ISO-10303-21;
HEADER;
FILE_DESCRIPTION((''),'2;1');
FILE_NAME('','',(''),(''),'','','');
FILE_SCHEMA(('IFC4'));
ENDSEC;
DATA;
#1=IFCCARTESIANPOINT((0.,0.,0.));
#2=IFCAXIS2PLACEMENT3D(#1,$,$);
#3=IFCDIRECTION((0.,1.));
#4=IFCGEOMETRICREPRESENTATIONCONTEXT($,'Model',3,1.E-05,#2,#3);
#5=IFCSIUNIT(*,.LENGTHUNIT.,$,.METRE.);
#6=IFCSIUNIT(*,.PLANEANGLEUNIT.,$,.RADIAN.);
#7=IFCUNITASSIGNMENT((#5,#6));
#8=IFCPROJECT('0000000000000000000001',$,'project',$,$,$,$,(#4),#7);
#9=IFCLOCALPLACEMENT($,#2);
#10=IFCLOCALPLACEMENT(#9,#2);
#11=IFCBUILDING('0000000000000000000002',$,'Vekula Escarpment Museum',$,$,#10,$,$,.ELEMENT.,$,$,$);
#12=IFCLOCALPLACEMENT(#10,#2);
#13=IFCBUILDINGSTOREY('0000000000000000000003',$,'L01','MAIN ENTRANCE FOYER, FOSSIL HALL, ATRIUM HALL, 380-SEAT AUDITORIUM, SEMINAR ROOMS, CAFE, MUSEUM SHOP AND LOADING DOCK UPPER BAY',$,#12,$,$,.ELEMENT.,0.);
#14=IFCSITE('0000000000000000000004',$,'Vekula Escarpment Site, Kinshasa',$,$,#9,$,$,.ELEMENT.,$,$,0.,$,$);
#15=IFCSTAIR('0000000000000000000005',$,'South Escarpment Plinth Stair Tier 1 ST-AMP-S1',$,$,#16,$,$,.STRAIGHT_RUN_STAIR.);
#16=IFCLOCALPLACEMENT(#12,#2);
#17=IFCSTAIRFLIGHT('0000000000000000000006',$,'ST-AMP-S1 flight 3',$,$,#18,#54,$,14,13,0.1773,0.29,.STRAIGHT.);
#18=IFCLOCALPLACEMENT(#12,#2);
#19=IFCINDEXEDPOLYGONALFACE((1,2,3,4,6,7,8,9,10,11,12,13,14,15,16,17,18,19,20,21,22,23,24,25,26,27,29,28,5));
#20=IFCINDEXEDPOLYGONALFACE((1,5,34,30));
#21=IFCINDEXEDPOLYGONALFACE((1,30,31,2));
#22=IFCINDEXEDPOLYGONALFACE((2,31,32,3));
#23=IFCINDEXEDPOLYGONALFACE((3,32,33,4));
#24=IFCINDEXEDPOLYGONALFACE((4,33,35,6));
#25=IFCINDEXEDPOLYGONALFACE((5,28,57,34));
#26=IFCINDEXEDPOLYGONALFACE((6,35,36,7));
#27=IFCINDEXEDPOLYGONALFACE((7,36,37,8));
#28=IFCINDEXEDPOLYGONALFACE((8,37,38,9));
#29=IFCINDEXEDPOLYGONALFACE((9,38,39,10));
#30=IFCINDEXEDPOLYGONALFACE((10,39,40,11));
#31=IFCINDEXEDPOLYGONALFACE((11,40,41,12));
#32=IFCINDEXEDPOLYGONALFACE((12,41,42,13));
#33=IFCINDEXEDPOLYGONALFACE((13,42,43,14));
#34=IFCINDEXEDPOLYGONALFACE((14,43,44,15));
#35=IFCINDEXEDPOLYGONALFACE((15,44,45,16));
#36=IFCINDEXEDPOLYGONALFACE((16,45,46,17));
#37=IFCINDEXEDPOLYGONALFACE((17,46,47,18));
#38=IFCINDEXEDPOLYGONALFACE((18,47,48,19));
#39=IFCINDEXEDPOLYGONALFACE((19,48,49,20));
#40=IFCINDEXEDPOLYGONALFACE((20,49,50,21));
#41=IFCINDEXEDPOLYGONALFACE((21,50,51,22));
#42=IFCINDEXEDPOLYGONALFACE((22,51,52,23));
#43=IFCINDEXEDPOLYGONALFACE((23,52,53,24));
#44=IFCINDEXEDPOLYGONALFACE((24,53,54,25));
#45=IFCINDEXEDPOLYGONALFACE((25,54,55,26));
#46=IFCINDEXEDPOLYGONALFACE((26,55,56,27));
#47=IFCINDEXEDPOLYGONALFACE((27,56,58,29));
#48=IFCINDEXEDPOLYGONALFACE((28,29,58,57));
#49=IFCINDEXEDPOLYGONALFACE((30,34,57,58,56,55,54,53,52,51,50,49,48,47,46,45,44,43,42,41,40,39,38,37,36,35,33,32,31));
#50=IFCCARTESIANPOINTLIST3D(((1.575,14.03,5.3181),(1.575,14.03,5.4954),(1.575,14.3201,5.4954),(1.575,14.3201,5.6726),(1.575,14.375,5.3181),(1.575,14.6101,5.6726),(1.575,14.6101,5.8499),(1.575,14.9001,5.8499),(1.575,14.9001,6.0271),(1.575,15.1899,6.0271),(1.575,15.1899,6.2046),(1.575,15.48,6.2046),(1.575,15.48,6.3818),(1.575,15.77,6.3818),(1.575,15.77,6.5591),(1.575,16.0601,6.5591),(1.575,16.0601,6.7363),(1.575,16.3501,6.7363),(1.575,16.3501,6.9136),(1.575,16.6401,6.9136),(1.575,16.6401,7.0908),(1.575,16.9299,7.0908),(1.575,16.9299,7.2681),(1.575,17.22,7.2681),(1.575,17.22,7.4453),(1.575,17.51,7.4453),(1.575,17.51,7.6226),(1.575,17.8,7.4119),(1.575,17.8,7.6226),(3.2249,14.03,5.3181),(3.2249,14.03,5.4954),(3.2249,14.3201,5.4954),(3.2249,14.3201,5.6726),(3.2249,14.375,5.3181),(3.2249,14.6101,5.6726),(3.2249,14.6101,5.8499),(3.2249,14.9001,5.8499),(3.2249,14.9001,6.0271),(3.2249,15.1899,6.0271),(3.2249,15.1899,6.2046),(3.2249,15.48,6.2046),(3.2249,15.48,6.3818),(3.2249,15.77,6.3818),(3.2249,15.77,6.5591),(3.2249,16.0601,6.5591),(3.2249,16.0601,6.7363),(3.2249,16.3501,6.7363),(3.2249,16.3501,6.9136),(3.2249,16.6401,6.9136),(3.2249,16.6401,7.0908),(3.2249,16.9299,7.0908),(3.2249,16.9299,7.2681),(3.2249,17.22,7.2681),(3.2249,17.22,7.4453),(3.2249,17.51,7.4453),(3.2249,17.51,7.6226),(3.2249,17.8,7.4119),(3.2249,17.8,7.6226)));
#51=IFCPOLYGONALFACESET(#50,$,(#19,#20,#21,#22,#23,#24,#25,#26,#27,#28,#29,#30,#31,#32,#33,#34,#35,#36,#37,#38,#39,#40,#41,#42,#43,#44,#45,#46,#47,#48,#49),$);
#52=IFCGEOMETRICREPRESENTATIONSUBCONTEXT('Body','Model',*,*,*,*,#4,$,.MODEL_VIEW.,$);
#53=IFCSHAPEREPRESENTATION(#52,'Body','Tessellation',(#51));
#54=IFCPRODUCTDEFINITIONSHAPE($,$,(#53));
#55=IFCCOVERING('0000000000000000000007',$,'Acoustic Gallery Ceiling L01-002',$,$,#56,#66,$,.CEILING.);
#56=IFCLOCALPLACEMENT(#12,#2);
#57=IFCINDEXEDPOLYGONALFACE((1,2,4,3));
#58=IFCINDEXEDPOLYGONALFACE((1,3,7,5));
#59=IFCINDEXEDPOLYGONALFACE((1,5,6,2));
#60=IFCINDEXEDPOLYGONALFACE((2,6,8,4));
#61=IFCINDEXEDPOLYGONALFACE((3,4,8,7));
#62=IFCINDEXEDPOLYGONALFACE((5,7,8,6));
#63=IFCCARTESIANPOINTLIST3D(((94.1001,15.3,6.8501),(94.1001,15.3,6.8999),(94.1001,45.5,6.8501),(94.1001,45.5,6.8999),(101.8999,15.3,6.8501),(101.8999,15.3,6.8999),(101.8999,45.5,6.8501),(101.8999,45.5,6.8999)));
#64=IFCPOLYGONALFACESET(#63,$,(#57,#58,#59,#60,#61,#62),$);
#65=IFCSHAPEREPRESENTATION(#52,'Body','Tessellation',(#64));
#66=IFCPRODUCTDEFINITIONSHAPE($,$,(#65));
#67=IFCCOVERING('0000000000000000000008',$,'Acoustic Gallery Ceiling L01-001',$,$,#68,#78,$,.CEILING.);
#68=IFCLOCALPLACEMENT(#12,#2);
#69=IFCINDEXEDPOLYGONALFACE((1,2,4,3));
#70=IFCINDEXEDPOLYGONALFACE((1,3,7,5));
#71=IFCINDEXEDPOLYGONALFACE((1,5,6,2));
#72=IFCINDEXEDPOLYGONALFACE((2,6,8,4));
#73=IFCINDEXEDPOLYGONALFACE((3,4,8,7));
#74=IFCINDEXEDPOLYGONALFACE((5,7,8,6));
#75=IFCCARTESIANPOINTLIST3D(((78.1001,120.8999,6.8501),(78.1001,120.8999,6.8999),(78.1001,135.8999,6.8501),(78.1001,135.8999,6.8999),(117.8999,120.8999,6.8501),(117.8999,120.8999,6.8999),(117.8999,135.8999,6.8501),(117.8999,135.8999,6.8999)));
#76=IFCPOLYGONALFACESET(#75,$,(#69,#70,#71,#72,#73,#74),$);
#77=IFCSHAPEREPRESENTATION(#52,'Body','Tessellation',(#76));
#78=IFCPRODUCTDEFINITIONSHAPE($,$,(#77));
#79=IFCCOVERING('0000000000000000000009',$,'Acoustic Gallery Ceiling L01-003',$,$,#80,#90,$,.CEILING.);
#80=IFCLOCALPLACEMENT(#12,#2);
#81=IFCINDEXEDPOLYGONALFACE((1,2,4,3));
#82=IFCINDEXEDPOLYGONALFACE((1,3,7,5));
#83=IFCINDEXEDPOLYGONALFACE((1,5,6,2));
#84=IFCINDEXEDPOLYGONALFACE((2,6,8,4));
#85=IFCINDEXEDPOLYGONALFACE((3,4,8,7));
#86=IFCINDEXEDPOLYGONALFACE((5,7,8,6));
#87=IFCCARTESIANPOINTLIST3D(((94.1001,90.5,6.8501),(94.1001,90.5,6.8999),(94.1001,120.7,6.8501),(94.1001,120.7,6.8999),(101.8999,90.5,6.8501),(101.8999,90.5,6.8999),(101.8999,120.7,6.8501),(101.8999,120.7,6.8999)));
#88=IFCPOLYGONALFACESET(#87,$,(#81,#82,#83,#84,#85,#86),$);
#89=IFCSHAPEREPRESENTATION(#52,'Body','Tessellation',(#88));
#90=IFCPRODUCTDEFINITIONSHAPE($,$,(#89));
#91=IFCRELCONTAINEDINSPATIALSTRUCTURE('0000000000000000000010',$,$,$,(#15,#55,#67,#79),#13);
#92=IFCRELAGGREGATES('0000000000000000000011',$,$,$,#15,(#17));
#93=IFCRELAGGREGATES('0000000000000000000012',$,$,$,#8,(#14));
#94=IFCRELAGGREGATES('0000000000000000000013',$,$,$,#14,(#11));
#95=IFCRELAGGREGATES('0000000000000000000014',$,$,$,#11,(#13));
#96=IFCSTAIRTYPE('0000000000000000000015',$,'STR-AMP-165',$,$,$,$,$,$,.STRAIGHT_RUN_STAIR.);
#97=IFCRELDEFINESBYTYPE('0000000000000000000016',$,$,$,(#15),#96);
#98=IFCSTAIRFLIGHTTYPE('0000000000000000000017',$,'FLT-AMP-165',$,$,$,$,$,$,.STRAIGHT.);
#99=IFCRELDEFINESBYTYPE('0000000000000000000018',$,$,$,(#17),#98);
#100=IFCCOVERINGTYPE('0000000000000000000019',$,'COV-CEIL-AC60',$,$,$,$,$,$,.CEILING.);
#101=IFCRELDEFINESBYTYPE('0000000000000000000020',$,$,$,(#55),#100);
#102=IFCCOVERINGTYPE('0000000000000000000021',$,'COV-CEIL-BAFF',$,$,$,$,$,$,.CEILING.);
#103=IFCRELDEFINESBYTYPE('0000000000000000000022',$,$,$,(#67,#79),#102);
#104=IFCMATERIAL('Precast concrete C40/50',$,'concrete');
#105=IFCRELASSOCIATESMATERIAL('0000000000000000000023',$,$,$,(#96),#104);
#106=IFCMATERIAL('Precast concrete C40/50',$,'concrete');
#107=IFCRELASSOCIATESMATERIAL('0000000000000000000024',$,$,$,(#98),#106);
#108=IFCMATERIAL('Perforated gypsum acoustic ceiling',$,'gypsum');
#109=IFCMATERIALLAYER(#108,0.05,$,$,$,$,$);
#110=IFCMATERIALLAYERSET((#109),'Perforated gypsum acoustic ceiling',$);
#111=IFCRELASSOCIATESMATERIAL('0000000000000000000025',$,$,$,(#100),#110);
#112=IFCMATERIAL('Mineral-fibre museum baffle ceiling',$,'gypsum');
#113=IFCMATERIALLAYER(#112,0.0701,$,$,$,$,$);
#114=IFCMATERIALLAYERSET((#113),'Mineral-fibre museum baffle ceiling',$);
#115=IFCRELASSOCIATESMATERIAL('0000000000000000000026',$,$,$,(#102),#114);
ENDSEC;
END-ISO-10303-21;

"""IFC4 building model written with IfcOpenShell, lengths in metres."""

from ifc_helpers import new_model, si_unit, direction, frame, origin, place, context, subcontext, project, spatial, polyline, outline, extrude, material, layer, layer_set, type_object, element, aggregate, save


model = new_model("IFC4")

# Units and contexts
model_context = context("Model", 3, precision=1e-05, world=origin(), true_north=direction((0.0, 1.0)))
body_context = subcontext(model_context, "Body", "Model", "MODEL_VIEW")
ifc_project = project(units=[si_unit("LENGTHUNIT", "METRE"), si_unit("PLANEANGLEUNIT", "RADIAN")], contexts=[model_context])

# Site, building, storey
site_placement = place(None, origin())
site = spatial("IfcSite", under=ifc_project, at=site_placement, Name="Vekula Escarpment Site, Kinshasa", CompositionType="ELEMENT", RefElevation=0.0)
building_placement = place(site_placement, origin())
building = spatial("IfcBuilding", under=site, at=building_placement, Name="Vekula Escarpment Museum", CompositionType="ELEMENT")
storey_placement = place(building_placement, origin())
storey = spatial("IfcBuildingStorey", under=building, at=storey_placement, Name="L01", Description="MAIN ENTRANCE FOYER, FOSSIL HALL, ATRIUM HALL, 380-SEAT AUDITORIUM, SEMINAR ROOMS, CAFE, MUSEUM SHOP AND LOADING DOCK UPPER BAY", CompositionType="ELEMENT", Elevation=0.0)

# Stair, stair flight
ifc_material_1 = material(Name="Precast concrete C40/50", Category="concrete")
stair_type_1 = type_object("IfcStairType", Name="STR-AMP-165", PredefinedType="STRAIGHT_RUN_STAIR", material=ifc_material_1)
stair_1_placement = place(storey_placement, origin())
stair_1 = element("IfcStair", 1, at=stair_1_placement, inside=storey, type_object=stair_type_1, Name="South Escarpment Plinth Stair Tier 1 ST-AMP-S1", PredefinedType="STRAIGHT_RUN_STAIR")
ifc_material_2 = material(Name="Precast concrete C40/50", Category="concrete")
stair_flight_type = type_object("IfcStairFlightType", Name="FLT-AMP-165", PredefinedType="STRAIGHT", material=ifc_material_2)
stair_flight_1_placement = place(storey_placement, frame((2.3999, 14.03, 5.3181), z_axis=(0.0, 0.0, 1.0), x_axis=(0.0, 1.0, 0.0)))
stair_flight_1 = element("IfcStairFlight", 2, at=stair_flight_1_placement, type_object=stair_flight_type, Name="ST-AMP-S1 flight 3", NumberOfRisers=14, NumberOfTreads=13, PredefinedType="STRAIGHT", RiserHeight=0.1773, TreadLength=0.29, context=body_context, shape_type="SweptSolid", body=[
    extrude(outline(polyline([(0.0, 0.0), (0.0, 0.1772), (0.29, 0.1772), (0.29, 0.3545), (0.5801, 0.3545), (0.5801, 0.5317), (0.8701, 0.5317), (0.8701, 0.709), (1.1599, 0.709), (1.1599, 0.8865), (1.45, 0.8865), (1.45, 1.0637), (1.74, 1.0637), (1.74, 1.241), (2.03, 1.241), (2.03, 1.4182), (2.3201, 1.4182), (2.3201, 1.5955), (2.6101, 1.5955), (2.6101, 1.7727), (2.8999, 1.7727), (2.8999, 1.95), (3.1899, 1.95), (3.1899, 2.1272), (3.48, 2.1272), (3.48, 2.3044), (3.77, 2.3044), (3.77, 2.4819), (3.77, 2.0938), (0.345, 0.0), (0.0, 0.0)])), frame((0.0, 0.825, 0.0), z_axis=(0.0, -1.0, 0.0), x_axis=(1.0, 0.0, 0.0)), (0.0, 0.0, 1.0), 1.6499),
])
aggregate(stair_1, [stair_flight_1])

# Coverings
ifc_material_3 = material(Name="Perforated gypsum acoustic ceiling", Category="gypsum")
ifc_layer_1 = layer(ifc_material_3, 0.05)
ifc_layer_set_1 = layer_set([ifc_layer_1], Name="Perforated gypsum acoustic ceiling")
covering_type_1 = type_object("IfcCoveringType", Name="COV-CEIL-AC60", PredefinedType="CEILING", material=ifc_layer_set_1)
covering_1_placement = place(storey_placement, frame((0.0, 0.0, 6.8501)))
element("IfcCovering", 3, at=covering_1_placement, inside=storey, type_object=covering_type_1, Name="Acoustic Gallery Ceiling L01-002", PredefinedType="CEILING", context=body_context, shape_type="SweptSolid", body=[
    extrude(outline(polyline([(94.1001, 15.3), (101.8999, 15.3), (101.8999, 45.5), (94.1001, 45.5), (94.1001, 15.3)])), origin(), (0.0, 0.0, 1.0), 0.0498),
])
ifc_material_4 = material(Name="Mineral-fibre museum baffle ceiling", Category="gypsum")
ifc_layer_2 = layer(ifc_material_4, 0.0701)
ifc_layer_set_2 = layer_set([ifc_layer_2], Name="Mineral-fibre museum baffle ceiling")
covering_type_2 = type_object("IfcCoveringType", Name="COV-CEIL-BAFF", PredefinedType="CEILING", material=ifc_layer_set_2)
covering_2_placement = place(storey_placement, frame((0.0, 0.0, 6.8501)))
element("IfcCovering", 4, at=covering_2_placement, inside=storey, type_object=covering_type_2, Name="Acoustic Gallery Ceiling L01-001", PredefinedType="CEILING", context=body_context, shape_type="SweptSolid", body=[
    extrude(outline(polyline([(78.1001, 120.8999), (117.8999, 120.8999), (117.8999, 135.8999), (78.1001, 135.8999), (78.1001, 120.8999)])), origin(), (0.0, 0.0, 1.0), 0.0498),
])
covering_3_placement = place(storey_placement, frame((0.0, 0.0, 6.8501)))
element("IfcCovering", 5, at=covering_3_placement, inside=storey, type_object=covering_type_2, Name="Acoustic Gallery Ceiling L01-003", PredefinedType="CEILING", context=body_context, shape_type="SweptSolid", body=[
    extrude(outline(polyline([(94.1001, 90.5), (101.8999, 90.5), (101.8999, 120.7), (94.1001, 120.7), (94.1001, 90.5)])), origin(), (0.0, 0.0, 1.0), 0.0498),
])

save(model, "model.ifc")
